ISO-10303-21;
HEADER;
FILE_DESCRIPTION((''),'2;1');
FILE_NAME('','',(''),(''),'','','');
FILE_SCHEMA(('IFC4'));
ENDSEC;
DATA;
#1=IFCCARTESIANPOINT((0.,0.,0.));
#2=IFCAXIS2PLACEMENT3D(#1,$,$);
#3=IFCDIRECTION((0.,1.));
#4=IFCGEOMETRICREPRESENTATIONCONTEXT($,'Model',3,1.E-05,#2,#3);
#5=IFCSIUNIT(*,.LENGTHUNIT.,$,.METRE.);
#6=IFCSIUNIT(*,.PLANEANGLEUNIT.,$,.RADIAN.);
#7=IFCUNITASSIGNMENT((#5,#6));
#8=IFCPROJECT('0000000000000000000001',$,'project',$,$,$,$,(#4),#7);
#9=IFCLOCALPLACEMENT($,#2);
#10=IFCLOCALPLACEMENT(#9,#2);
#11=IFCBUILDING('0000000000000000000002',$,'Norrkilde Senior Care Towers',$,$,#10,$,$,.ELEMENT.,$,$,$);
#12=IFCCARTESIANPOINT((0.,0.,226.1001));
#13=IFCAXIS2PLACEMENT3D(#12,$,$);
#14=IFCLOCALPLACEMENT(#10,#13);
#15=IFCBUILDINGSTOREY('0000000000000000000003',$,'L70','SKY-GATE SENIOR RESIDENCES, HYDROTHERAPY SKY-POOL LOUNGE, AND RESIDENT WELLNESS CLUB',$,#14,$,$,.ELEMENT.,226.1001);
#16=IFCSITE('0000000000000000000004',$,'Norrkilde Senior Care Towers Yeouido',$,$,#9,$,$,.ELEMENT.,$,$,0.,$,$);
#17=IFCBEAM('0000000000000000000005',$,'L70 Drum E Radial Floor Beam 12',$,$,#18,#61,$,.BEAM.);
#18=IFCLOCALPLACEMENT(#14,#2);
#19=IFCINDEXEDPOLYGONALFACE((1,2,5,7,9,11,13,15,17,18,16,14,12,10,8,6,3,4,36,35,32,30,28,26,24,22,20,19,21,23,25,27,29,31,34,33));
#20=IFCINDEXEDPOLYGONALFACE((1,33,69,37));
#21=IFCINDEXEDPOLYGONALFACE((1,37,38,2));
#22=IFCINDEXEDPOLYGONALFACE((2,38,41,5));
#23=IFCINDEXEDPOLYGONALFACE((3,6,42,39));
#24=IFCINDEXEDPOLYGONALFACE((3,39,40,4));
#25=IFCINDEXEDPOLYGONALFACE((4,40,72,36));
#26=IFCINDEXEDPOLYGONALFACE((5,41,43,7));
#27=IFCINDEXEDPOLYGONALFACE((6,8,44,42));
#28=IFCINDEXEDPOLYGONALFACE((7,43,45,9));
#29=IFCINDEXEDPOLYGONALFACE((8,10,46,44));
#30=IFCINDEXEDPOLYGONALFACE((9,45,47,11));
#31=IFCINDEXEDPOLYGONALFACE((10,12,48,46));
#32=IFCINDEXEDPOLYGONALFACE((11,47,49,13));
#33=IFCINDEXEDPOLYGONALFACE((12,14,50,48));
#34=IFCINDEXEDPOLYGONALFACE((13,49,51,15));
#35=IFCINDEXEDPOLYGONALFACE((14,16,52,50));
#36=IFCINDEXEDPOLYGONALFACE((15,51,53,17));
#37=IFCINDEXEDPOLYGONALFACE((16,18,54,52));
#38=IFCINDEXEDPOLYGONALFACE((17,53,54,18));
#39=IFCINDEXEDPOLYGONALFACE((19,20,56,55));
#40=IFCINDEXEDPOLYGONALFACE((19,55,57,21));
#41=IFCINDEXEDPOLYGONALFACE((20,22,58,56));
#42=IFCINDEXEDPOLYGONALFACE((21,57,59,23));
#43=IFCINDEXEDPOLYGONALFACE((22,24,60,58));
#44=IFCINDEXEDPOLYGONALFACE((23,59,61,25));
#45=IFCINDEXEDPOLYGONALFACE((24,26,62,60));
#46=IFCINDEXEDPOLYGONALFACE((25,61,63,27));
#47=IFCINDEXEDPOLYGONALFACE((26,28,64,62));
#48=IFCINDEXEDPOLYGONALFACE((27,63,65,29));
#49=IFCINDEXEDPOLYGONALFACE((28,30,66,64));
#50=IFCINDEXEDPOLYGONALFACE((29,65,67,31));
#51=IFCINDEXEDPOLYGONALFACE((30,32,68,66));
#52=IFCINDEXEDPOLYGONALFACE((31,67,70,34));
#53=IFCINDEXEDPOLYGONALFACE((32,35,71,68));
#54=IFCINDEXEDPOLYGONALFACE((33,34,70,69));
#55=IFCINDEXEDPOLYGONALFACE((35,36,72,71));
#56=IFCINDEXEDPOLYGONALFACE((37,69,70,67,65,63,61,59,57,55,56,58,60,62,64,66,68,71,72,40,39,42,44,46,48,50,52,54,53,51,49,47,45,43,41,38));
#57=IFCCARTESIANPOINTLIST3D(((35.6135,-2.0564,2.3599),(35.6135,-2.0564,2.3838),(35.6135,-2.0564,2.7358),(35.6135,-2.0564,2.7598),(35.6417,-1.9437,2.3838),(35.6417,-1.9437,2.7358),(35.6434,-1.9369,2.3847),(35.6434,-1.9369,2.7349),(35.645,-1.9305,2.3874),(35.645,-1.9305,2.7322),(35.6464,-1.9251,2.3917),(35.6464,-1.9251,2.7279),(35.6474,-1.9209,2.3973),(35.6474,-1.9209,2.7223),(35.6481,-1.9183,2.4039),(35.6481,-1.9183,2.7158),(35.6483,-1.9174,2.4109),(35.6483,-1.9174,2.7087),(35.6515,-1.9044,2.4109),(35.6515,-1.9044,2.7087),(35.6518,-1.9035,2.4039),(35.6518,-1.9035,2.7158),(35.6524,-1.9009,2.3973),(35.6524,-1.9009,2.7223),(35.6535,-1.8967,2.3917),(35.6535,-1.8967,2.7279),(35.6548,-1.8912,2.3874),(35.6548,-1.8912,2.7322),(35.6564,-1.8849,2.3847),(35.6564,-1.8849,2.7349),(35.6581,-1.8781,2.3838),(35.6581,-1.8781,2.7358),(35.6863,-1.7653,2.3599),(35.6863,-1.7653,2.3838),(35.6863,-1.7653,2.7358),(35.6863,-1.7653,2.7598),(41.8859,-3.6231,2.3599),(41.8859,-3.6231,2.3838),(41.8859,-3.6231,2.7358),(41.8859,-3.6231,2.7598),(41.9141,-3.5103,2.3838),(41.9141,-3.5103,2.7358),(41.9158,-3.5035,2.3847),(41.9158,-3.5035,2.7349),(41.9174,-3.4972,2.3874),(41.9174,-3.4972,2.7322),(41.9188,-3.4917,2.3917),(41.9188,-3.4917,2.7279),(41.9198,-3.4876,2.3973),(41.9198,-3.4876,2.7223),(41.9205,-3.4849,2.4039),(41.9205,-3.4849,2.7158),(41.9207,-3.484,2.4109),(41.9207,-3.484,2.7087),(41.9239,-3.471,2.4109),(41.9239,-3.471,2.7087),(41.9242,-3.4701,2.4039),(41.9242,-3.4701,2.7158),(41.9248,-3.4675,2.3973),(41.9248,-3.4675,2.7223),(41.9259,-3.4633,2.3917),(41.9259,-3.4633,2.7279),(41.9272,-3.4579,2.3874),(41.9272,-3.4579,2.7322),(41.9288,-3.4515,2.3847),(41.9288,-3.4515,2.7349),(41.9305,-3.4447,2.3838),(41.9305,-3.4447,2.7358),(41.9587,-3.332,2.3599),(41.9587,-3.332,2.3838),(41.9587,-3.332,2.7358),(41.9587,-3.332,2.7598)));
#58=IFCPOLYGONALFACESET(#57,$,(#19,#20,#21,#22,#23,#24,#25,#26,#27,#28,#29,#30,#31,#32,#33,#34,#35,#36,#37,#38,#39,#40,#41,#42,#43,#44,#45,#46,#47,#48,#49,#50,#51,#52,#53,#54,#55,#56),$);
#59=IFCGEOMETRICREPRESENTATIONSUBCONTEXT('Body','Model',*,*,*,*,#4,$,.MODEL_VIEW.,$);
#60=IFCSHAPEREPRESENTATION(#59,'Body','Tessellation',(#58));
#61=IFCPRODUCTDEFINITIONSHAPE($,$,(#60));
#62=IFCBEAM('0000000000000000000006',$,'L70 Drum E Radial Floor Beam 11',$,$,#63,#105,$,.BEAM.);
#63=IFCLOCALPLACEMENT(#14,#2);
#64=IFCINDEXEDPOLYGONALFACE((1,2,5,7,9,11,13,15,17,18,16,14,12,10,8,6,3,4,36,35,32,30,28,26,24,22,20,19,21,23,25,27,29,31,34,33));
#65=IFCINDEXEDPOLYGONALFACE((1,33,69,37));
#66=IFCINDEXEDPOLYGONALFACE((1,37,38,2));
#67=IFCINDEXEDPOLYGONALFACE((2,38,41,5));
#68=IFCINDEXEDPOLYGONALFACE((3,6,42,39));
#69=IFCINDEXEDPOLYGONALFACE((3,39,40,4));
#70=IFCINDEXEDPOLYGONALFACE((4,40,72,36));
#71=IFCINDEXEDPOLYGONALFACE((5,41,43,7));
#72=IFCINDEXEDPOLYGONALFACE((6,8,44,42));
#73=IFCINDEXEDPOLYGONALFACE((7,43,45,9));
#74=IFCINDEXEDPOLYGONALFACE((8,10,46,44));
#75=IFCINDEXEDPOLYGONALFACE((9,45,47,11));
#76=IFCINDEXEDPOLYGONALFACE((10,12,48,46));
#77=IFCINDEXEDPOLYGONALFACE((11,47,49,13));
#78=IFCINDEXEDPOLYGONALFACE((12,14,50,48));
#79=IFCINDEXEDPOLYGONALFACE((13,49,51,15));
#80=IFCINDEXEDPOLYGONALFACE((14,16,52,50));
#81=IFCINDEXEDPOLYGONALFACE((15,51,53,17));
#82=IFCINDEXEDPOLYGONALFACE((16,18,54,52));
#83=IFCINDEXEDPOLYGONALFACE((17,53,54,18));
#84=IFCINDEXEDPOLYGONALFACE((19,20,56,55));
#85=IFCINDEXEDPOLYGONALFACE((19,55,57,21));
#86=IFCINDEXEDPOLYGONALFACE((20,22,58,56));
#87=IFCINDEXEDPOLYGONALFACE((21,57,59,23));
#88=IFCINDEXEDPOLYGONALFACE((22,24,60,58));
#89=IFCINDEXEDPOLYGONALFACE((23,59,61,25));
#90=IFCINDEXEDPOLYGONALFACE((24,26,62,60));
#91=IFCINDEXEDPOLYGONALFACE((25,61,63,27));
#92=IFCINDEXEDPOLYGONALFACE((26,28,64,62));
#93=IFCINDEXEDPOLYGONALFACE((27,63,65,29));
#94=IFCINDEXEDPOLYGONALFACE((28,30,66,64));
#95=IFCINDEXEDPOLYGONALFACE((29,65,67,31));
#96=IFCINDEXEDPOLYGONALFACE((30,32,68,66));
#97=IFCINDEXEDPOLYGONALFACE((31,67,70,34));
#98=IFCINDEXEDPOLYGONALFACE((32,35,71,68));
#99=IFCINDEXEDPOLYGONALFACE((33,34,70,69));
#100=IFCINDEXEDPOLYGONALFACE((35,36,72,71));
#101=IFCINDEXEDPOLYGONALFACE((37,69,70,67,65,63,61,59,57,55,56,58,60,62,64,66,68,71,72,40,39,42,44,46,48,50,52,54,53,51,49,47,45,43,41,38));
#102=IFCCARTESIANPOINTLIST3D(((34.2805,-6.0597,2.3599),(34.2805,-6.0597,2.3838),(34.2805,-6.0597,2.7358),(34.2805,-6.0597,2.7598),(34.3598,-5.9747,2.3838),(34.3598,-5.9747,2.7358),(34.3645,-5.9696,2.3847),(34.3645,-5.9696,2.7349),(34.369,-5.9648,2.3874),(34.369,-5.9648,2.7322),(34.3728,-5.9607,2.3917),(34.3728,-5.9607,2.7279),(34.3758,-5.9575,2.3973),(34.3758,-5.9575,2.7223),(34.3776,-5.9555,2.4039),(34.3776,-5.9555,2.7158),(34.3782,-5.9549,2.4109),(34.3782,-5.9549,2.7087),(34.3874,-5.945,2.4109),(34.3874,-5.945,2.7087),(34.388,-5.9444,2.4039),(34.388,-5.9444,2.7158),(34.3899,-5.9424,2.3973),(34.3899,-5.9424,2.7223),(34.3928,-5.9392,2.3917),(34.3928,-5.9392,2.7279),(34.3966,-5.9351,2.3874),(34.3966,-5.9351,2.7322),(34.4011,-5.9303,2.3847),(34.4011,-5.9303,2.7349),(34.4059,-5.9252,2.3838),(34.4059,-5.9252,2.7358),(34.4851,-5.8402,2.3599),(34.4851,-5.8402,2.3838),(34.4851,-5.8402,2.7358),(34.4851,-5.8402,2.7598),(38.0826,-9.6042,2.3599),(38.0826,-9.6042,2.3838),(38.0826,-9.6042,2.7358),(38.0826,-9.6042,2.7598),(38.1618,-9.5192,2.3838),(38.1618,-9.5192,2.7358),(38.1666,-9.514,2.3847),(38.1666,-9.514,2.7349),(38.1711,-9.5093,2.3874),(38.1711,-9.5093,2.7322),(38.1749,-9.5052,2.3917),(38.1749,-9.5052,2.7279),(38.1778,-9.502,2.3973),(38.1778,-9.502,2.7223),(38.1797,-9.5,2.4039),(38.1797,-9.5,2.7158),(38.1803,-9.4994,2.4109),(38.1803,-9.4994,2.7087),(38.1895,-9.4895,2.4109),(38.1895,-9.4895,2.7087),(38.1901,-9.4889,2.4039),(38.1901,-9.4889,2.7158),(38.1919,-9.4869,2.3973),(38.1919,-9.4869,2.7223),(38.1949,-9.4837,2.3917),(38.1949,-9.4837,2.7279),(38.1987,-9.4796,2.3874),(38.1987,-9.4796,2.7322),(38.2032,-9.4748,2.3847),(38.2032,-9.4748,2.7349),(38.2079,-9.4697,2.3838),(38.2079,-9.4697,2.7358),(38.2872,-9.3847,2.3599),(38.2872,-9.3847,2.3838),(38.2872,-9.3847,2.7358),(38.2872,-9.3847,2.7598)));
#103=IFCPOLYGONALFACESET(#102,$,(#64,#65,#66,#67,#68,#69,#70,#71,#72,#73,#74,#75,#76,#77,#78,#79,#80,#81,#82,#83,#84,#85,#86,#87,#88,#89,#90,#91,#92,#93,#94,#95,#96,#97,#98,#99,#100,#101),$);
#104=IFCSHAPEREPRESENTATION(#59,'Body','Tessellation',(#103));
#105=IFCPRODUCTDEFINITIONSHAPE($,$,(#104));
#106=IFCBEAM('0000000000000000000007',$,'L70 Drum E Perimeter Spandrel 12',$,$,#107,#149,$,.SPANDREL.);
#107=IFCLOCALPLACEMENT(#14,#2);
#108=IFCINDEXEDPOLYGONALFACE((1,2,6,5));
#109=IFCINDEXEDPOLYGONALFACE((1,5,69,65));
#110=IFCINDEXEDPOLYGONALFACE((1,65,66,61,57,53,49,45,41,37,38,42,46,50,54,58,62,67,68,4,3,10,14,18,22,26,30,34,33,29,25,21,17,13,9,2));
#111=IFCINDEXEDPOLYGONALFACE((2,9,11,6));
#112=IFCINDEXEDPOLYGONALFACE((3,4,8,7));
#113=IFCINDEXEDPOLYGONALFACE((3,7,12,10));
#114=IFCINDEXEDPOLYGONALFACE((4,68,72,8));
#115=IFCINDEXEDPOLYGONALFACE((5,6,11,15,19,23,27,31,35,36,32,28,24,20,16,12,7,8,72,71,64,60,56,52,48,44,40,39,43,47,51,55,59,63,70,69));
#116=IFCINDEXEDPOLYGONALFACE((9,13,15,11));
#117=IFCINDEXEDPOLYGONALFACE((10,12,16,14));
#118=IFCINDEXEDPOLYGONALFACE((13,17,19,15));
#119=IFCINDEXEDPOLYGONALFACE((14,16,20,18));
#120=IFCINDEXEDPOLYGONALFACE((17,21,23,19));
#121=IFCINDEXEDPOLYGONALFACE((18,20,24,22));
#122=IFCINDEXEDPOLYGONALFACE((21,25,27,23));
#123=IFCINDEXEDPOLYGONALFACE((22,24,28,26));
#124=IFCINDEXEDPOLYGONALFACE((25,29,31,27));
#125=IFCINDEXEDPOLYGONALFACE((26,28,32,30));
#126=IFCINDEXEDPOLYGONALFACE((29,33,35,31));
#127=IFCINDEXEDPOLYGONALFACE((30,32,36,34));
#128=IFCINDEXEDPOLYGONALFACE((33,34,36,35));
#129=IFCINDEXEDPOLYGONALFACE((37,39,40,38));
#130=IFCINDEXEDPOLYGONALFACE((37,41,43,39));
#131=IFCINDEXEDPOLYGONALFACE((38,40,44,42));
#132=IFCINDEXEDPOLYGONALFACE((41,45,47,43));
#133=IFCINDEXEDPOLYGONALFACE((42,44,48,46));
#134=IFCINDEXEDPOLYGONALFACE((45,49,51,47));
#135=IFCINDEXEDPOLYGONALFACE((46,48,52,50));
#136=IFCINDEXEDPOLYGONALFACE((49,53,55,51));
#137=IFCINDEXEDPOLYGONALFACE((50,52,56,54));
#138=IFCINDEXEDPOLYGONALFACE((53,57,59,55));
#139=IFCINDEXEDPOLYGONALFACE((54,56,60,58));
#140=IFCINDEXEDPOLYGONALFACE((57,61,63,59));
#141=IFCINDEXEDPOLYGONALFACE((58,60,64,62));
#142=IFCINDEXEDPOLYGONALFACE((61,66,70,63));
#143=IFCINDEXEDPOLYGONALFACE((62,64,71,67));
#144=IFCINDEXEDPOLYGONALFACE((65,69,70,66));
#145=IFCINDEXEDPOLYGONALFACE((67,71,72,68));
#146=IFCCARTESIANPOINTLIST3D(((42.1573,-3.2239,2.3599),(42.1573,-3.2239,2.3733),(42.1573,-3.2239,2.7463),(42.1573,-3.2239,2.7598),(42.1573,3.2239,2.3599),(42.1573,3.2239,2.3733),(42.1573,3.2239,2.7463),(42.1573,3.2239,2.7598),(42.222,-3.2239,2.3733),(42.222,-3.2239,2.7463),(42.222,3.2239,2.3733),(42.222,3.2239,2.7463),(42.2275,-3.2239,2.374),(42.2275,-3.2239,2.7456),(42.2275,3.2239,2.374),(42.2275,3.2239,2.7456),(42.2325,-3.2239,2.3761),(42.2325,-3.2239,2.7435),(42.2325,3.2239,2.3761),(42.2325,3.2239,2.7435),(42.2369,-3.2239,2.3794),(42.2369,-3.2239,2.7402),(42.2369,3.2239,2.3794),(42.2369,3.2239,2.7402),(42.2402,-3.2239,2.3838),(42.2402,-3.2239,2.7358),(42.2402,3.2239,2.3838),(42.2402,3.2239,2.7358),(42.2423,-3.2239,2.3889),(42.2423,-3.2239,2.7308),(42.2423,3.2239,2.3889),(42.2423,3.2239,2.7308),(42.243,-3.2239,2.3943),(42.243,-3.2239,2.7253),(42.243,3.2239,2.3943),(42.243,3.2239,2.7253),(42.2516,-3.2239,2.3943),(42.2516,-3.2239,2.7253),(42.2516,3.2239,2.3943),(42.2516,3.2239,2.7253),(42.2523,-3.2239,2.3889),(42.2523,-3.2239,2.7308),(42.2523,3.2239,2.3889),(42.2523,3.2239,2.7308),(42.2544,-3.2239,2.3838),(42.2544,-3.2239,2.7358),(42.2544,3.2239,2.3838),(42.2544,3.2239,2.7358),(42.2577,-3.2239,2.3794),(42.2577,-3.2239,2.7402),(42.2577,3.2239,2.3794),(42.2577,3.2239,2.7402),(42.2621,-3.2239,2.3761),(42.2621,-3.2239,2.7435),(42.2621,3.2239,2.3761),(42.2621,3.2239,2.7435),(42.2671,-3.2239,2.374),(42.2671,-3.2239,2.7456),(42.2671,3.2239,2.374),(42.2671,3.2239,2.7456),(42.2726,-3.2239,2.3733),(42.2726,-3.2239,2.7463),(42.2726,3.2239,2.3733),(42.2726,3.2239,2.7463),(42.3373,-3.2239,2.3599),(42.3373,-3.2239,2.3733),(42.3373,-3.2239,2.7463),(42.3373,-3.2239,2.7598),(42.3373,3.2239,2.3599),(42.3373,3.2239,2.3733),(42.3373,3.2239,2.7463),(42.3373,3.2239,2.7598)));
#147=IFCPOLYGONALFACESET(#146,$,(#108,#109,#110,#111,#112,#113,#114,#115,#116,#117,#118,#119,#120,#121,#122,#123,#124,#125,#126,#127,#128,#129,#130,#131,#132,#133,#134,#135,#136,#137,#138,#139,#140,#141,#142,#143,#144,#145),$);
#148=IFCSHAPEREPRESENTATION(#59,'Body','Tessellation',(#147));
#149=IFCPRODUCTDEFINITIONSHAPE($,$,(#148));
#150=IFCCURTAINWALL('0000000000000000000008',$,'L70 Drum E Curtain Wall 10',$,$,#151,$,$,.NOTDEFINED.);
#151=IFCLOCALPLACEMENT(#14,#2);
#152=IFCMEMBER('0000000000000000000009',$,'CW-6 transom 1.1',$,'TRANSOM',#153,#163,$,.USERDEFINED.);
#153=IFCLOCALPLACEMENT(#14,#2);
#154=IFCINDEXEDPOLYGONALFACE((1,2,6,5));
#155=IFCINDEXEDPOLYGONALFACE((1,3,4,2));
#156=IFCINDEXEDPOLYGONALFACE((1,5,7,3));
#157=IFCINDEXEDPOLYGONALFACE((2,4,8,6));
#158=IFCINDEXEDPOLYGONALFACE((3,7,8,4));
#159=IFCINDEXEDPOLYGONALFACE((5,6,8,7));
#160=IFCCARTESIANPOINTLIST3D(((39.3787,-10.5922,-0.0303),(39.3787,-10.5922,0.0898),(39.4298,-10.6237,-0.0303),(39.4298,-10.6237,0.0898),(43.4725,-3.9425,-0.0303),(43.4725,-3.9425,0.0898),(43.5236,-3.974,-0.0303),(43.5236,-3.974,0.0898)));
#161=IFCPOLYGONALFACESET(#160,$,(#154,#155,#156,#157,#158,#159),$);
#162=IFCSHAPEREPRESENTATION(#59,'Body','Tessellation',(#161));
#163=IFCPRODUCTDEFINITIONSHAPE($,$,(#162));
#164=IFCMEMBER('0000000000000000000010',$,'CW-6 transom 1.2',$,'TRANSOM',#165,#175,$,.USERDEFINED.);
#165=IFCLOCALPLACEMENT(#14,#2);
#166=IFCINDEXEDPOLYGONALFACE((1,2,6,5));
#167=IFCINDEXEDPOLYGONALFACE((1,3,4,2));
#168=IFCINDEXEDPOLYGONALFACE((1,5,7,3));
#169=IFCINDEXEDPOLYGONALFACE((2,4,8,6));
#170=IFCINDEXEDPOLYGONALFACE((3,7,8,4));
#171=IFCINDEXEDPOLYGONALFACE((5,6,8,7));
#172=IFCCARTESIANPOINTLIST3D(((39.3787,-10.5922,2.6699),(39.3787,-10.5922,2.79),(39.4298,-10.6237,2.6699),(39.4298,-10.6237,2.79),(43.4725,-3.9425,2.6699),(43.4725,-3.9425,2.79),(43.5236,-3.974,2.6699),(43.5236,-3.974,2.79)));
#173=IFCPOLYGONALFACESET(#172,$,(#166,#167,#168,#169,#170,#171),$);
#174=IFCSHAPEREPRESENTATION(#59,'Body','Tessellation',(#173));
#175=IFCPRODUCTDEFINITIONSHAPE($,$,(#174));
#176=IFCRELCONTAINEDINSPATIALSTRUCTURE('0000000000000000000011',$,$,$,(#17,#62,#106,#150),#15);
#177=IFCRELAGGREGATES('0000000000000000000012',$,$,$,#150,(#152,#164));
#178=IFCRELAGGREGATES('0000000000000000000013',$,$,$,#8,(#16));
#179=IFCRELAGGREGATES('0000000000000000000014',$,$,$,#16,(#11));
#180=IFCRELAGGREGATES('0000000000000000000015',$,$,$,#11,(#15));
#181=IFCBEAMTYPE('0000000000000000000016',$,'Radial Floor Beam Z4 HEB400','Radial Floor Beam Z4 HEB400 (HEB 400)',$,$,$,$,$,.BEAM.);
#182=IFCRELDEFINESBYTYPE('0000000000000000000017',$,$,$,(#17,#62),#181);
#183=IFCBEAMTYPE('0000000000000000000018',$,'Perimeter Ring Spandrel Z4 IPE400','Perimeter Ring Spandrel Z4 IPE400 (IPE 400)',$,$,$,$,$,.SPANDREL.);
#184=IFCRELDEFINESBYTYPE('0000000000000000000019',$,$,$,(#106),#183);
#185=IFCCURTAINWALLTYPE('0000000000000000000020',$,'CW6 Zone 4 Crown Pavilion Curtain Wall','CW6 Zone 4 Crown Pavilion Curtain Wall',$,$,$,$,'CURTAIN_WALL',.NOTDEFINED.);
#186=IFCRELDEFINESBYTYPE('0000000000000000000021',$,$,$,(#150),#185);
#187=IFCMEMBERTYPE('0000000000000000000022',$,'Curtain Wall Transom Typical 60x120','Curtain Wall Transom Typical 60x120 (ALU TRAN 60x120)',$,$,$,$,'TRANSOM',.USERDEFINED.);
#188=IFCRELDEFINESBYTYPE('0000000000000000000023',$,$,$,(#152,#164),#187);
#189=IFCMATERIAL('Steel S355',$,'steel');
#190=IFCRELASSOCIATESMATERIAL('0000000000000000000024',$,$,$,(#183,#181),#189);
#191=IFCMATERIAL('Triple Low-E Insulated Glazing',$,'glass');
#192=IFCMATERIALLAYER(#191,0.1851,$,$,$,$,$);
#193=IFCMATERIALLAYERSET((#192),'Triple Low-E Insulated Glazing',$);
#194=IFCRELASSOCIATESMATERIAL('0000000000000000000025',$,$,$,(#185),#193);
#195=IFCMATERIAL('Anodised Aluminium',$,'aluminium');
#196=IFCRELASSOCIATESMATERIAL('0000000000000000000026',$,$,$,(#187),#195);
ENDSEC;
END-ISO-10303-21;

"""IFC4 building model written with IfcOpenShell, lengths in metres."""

from ifc_helpers import new_model, si_unit, direction, frame, origin, origin_2d, place, context, subcontext, project, spatial, rectangle, i_section, extrude, source, transform, mapped, material, layer, layer_set, material_profile, profile_set, type_object, type_shapes, element, aggregate, save


model = new_model("IFC4")

# Units and contexts
model_context = context("Model", 3, precision=1e-05, world=origin(), true_north=direction((0.0, 1.0)))
body_context = subcontext(model_context, "Body", "Model", "MODEL_VIEW")
ifc_project = project(units=[si_unit("LENGTHUNIT", "METRE"), si_unit("PLANEANGLEUNIT", "RADIAN")], contexts=[model_context])

# Site, building, storey
site_placement = place(None, origin())
site = spatial("IfcSite", under=ifc_project, at=site_placement, Name="Norrkilde Senior Care Towers Yeouido", CompositionType="ELEMENT", RefElevation=0.0)
building_placement = place(site_placement, origin())
building = spatial("IfcBuilding", under=site, at=building_placement, Name="Norrkilde Senior Care Towers", CompositionType="ELEMENT")
storey_placement = place(building_placement, frame((0.0, 0.0, 226.1001)))
storey = spatial("IfcBuildingStorey", under=building, at=storey_placement, Name="L70", Description="SKY-GATE SENIOR RESIDENCES, HYDROTHERAPY SKY-POOL LOUNGE, AND RESIDENT WELLNESS CLUB", CompositionType="ELEMENT", Elevation=226.1001)

# Beams
ifc_material_1 = material(Name="Steel S355", Category="steel")
ifc_material_profile_1 = material_profile(ifc_material_1, i_section(OverallWidth=0.1799, OverallDepth=0.3999, WebThickness=0.0085, FlangeThickness=0.0134, FilletRadius=0.021, at=origin_2d()), Name="IPE 400")
ifc_profile_set_1 = profile_set([ifc_material_profile_1], Name="Steel S355")
beam_type_1 = type_object("IfcBeamType", Name="Perimeter Ring Spandrel Z4 IPE400", Description="Perimeter Ring Spandrel Z4 IPE400 (IPE 400)", PredefinedType="SPANDREL", material=ifc_profile_set_1)
ifc_material_profile_2 = material_profile(ifc_material_1, i_section(OverallWidth=0.3, OverallDepth=0.3999, WebThickness=0.0134, FlangeThickness=0.0239, FilletRadius=0.0271, at=origin_2d()), Name="HEB 400")
ifc_profile_set_2 = profile_set([ifc_material_profile_2], Name="Steel S355")
beam_type_2 = type_object("IfcBeamType", Name="Radial Floor Beam Z4 HEB400", Description="Radial Floor Beam Z4 HEB400 (HEB 400)", PredefinedType="BEAM", material=ifc_profile_set_2)
shared_shape_1 = source(origin(), body_context, "Body", "SweptSolid", [
    extrude(i_section(OverallWidth=0.3, OverallDepth=0.3999, WebThickness=0.0134, FlangeThickness=0.0239, FilletRadius=0.0271, at=origin_2d()), origin(), (0.0, 0.0, 1.0), 6.4651),
])
beam_1_placement = place(storey_placement, frame((35.6499, -1.9109, 2.5598), z_axis=(0.970196, -0.242322, 0.0), x_axis=(0.242322, 0.970196, 0.0)))
element("IfcBeam", 1, at=beam_1_placement, inside=storey, type_object=beam_type_2, Name="L70 Drum E Radial Floor Beam 12", PredefinedType="BEAM", context=body_context, shape_type="MappedRepresentation", body=[
    mapped(shared_shape_1, transform((0.0, 0.0, 0.0), x_axis=(1.0, 0.0, 0.0), y_axis=(0.0, 1.0, 0.0), z_axis=(0.0, 0.0, 1.0), scale=1.0)),
])
shared_shape_2 = source(origin(), body_context, "Body", "SweptSolid", [
    extrude(i_section(OverallWidth=0.3, OverallDepth=0.3999, WebThickness=0.0134, FlangeThickness=0.0239, FilletRadius=0.0271, at=origin_2d()), origin(), (0.0, 0.0, 1.0), 5.198),
])
type_shapes(beam_type_2, [shared_shape_1, shared_shape_2])
beam_2_placement = place(storey_placement, frame((34.3828, -5.95, 2.5598), z_axis=(0.731449, -0.681896, 0.0), x_axis=(0.681896, 0.731449, 0.0)))
element("IfcBeam", 2, at=beam_2_placement, inside=storey, type_object=beam_type_2, Name="L70 Drum E Radial Floor Beam 11", PredefinedType="BEAM", context=body_context, shape_type="MappedRepresentation", body=[
    mapped(shared_shape_2, transform((0.0, 0.0, 0.0), x_axis=(1.0, 0.0, 0.0), y_axis=(0.0, 1.0, 0.0), z_axis=(0.0, 0.0, 1.0), scale=1.0)),
])
shared_shape_3 = source(origin(), body_context, "Body", "SweptSolid", [
    extrude(i_section(OverallWidth=0.1799, OverallDepth=0.3999, WebThickness=0.0085, FlangeThickness=0.0134, FilletRadius=0.021, at=origin_2d()), origin(), (0.0, 0.0, 1.0), 6.4478),
])
beam_3_placement = place(storey_placement, frame((42.2473, -3.2239, 2.5598), z_axis=(0.0, 1.0, 0.0), x_axis=(-1.0, 0.0, 0.0)))
element("IfcBeam", 3, at=beam_3_placement, inside=storey, type_object=beam_type_1, Name="L70 Drum E Perimeter Spandrel 12", PredefinedType="SPANDREL", context=body_context, shape_type="MappedRepresentation", body=[
    mapped(shared_shape_3, transform((0.0, 0.0, 0.0), x_axis=(1.0, 0.0, 0.0), y_axis=(0.0, 1.0, 0.0), z_axis=(0.0, 0.0, 1.0), scale=1.0)),
])

# Curtain wall, members
ifc_material_2 = material(Name="Triple Low-E Insulated Glazing", Category="glass")
ifc_layer_1 = layer(ifc_material_2, 0.1851)
ifc_layer_set_1 = layer_set([ifc_layer_1], Name="Triple Low-E Insulated Glazing")
curtain_wall_type = type_object("IfcCurtainWallType", Name="CW6 Zone 4 Crown Pavilion Curtain Wall", Description="CW6 Zone 4 Crown Pavilion Curtain Wall", ElementType="CURTAIN_WALL", PredefinedType="NOTDEFINED", material=ifc_layer_set_1)
curtain_wall_1_placement = place(storey_placement, origin())
curtain_wall_1 = element("IfcCurtainWall", 4, at=curtain_wall_1_placement, inside=storey, type_object=curtain_wall_type, Name="L70 Drum E Curtain Wall 10", PredefinedType="NOTDEFINED")
ifc_material_3 = material(Name="Anodised Aluminium", Category="aluminium")
ifc_material_profile_3 = material_profile(ifc_material_3, rectangle(XDim=0.0601, YDim=0.1201, at=origin_2d()), Name="ALU TRAN 60x120")
ifc_profile_set_3 = profile_set([ifc_material_profile_3], Name="Anodised Aluminium")
member_type_1 = type_object("IfcMemberType", Name="Curtain Wall Transom Typical 60x120", Description="Curtain Wall Transom Typical 60x120 (ALU TRAN 60x120)", ElementType="TRANSOM", PredefinedType="USERDEFINED", material=ifc_profile_set_3)
shared_shape_4 = source(origin(), body_context, "Body", "SweptSolid", [
    extrude(rectangle(XDim=0.0601, YDim=0.1201, at=origin_2d()), origin(), (0.0, 0.0, 1.0), 7.8088),
])
member_1_placement = place(storey_placement, frame((43.498, -3.9583, 0.0298), z_axis=(-0.524251, -0.851564, 0.0), x_axis=(0.851564, -0.524251, 0.0)))
member_1 = element("IfcMember", 5, at=member_1_placement, type_object=member_type_1, Name="CW-6 transom 1.1", ObjectType="TRANSOM", PredefinedType="USERDEFINED", context=body_context, shape_type="MappedRepresentation", body=[
    mapped(shared_shape_4, transform((0.0, 0.0, 0.0), x_axis=(1.0, 0.0, 0.0), y_axis=(0.0, 1.0, 0.0), z_axis=(0.0, 0.0, 1.0), scale=1.0)),
])
member_2_placement = place(storey_placement, frame((43.498, -3.9583, 2.73), z_axis=(-0.524251, -0.851564, 0.0), x_axis=(0.851564, -0.524251, 0.0)))
member_2 = element("IfcMember", 6, at=member_2_placement, type_object=member_type_1, Name="CW-6 transom 1.2", ObjectType="TRANSOM", PredefinedType="USERDEFINED", context=body_context, shape_type="MappedRepresentation", body=[
    mapped(shared_shape_4, transform((0.0, 0.0, 0.0), x_axis=(1.0, 0.0, 0.0), y_axis=(0.0, 1.0, 0.0), z_axis=(0.0, 0.0, 1.0), scale=1.0)),
])

aggregate(curtain_wall_1, [member_1, member_2])

save(model, "model.ifc")
